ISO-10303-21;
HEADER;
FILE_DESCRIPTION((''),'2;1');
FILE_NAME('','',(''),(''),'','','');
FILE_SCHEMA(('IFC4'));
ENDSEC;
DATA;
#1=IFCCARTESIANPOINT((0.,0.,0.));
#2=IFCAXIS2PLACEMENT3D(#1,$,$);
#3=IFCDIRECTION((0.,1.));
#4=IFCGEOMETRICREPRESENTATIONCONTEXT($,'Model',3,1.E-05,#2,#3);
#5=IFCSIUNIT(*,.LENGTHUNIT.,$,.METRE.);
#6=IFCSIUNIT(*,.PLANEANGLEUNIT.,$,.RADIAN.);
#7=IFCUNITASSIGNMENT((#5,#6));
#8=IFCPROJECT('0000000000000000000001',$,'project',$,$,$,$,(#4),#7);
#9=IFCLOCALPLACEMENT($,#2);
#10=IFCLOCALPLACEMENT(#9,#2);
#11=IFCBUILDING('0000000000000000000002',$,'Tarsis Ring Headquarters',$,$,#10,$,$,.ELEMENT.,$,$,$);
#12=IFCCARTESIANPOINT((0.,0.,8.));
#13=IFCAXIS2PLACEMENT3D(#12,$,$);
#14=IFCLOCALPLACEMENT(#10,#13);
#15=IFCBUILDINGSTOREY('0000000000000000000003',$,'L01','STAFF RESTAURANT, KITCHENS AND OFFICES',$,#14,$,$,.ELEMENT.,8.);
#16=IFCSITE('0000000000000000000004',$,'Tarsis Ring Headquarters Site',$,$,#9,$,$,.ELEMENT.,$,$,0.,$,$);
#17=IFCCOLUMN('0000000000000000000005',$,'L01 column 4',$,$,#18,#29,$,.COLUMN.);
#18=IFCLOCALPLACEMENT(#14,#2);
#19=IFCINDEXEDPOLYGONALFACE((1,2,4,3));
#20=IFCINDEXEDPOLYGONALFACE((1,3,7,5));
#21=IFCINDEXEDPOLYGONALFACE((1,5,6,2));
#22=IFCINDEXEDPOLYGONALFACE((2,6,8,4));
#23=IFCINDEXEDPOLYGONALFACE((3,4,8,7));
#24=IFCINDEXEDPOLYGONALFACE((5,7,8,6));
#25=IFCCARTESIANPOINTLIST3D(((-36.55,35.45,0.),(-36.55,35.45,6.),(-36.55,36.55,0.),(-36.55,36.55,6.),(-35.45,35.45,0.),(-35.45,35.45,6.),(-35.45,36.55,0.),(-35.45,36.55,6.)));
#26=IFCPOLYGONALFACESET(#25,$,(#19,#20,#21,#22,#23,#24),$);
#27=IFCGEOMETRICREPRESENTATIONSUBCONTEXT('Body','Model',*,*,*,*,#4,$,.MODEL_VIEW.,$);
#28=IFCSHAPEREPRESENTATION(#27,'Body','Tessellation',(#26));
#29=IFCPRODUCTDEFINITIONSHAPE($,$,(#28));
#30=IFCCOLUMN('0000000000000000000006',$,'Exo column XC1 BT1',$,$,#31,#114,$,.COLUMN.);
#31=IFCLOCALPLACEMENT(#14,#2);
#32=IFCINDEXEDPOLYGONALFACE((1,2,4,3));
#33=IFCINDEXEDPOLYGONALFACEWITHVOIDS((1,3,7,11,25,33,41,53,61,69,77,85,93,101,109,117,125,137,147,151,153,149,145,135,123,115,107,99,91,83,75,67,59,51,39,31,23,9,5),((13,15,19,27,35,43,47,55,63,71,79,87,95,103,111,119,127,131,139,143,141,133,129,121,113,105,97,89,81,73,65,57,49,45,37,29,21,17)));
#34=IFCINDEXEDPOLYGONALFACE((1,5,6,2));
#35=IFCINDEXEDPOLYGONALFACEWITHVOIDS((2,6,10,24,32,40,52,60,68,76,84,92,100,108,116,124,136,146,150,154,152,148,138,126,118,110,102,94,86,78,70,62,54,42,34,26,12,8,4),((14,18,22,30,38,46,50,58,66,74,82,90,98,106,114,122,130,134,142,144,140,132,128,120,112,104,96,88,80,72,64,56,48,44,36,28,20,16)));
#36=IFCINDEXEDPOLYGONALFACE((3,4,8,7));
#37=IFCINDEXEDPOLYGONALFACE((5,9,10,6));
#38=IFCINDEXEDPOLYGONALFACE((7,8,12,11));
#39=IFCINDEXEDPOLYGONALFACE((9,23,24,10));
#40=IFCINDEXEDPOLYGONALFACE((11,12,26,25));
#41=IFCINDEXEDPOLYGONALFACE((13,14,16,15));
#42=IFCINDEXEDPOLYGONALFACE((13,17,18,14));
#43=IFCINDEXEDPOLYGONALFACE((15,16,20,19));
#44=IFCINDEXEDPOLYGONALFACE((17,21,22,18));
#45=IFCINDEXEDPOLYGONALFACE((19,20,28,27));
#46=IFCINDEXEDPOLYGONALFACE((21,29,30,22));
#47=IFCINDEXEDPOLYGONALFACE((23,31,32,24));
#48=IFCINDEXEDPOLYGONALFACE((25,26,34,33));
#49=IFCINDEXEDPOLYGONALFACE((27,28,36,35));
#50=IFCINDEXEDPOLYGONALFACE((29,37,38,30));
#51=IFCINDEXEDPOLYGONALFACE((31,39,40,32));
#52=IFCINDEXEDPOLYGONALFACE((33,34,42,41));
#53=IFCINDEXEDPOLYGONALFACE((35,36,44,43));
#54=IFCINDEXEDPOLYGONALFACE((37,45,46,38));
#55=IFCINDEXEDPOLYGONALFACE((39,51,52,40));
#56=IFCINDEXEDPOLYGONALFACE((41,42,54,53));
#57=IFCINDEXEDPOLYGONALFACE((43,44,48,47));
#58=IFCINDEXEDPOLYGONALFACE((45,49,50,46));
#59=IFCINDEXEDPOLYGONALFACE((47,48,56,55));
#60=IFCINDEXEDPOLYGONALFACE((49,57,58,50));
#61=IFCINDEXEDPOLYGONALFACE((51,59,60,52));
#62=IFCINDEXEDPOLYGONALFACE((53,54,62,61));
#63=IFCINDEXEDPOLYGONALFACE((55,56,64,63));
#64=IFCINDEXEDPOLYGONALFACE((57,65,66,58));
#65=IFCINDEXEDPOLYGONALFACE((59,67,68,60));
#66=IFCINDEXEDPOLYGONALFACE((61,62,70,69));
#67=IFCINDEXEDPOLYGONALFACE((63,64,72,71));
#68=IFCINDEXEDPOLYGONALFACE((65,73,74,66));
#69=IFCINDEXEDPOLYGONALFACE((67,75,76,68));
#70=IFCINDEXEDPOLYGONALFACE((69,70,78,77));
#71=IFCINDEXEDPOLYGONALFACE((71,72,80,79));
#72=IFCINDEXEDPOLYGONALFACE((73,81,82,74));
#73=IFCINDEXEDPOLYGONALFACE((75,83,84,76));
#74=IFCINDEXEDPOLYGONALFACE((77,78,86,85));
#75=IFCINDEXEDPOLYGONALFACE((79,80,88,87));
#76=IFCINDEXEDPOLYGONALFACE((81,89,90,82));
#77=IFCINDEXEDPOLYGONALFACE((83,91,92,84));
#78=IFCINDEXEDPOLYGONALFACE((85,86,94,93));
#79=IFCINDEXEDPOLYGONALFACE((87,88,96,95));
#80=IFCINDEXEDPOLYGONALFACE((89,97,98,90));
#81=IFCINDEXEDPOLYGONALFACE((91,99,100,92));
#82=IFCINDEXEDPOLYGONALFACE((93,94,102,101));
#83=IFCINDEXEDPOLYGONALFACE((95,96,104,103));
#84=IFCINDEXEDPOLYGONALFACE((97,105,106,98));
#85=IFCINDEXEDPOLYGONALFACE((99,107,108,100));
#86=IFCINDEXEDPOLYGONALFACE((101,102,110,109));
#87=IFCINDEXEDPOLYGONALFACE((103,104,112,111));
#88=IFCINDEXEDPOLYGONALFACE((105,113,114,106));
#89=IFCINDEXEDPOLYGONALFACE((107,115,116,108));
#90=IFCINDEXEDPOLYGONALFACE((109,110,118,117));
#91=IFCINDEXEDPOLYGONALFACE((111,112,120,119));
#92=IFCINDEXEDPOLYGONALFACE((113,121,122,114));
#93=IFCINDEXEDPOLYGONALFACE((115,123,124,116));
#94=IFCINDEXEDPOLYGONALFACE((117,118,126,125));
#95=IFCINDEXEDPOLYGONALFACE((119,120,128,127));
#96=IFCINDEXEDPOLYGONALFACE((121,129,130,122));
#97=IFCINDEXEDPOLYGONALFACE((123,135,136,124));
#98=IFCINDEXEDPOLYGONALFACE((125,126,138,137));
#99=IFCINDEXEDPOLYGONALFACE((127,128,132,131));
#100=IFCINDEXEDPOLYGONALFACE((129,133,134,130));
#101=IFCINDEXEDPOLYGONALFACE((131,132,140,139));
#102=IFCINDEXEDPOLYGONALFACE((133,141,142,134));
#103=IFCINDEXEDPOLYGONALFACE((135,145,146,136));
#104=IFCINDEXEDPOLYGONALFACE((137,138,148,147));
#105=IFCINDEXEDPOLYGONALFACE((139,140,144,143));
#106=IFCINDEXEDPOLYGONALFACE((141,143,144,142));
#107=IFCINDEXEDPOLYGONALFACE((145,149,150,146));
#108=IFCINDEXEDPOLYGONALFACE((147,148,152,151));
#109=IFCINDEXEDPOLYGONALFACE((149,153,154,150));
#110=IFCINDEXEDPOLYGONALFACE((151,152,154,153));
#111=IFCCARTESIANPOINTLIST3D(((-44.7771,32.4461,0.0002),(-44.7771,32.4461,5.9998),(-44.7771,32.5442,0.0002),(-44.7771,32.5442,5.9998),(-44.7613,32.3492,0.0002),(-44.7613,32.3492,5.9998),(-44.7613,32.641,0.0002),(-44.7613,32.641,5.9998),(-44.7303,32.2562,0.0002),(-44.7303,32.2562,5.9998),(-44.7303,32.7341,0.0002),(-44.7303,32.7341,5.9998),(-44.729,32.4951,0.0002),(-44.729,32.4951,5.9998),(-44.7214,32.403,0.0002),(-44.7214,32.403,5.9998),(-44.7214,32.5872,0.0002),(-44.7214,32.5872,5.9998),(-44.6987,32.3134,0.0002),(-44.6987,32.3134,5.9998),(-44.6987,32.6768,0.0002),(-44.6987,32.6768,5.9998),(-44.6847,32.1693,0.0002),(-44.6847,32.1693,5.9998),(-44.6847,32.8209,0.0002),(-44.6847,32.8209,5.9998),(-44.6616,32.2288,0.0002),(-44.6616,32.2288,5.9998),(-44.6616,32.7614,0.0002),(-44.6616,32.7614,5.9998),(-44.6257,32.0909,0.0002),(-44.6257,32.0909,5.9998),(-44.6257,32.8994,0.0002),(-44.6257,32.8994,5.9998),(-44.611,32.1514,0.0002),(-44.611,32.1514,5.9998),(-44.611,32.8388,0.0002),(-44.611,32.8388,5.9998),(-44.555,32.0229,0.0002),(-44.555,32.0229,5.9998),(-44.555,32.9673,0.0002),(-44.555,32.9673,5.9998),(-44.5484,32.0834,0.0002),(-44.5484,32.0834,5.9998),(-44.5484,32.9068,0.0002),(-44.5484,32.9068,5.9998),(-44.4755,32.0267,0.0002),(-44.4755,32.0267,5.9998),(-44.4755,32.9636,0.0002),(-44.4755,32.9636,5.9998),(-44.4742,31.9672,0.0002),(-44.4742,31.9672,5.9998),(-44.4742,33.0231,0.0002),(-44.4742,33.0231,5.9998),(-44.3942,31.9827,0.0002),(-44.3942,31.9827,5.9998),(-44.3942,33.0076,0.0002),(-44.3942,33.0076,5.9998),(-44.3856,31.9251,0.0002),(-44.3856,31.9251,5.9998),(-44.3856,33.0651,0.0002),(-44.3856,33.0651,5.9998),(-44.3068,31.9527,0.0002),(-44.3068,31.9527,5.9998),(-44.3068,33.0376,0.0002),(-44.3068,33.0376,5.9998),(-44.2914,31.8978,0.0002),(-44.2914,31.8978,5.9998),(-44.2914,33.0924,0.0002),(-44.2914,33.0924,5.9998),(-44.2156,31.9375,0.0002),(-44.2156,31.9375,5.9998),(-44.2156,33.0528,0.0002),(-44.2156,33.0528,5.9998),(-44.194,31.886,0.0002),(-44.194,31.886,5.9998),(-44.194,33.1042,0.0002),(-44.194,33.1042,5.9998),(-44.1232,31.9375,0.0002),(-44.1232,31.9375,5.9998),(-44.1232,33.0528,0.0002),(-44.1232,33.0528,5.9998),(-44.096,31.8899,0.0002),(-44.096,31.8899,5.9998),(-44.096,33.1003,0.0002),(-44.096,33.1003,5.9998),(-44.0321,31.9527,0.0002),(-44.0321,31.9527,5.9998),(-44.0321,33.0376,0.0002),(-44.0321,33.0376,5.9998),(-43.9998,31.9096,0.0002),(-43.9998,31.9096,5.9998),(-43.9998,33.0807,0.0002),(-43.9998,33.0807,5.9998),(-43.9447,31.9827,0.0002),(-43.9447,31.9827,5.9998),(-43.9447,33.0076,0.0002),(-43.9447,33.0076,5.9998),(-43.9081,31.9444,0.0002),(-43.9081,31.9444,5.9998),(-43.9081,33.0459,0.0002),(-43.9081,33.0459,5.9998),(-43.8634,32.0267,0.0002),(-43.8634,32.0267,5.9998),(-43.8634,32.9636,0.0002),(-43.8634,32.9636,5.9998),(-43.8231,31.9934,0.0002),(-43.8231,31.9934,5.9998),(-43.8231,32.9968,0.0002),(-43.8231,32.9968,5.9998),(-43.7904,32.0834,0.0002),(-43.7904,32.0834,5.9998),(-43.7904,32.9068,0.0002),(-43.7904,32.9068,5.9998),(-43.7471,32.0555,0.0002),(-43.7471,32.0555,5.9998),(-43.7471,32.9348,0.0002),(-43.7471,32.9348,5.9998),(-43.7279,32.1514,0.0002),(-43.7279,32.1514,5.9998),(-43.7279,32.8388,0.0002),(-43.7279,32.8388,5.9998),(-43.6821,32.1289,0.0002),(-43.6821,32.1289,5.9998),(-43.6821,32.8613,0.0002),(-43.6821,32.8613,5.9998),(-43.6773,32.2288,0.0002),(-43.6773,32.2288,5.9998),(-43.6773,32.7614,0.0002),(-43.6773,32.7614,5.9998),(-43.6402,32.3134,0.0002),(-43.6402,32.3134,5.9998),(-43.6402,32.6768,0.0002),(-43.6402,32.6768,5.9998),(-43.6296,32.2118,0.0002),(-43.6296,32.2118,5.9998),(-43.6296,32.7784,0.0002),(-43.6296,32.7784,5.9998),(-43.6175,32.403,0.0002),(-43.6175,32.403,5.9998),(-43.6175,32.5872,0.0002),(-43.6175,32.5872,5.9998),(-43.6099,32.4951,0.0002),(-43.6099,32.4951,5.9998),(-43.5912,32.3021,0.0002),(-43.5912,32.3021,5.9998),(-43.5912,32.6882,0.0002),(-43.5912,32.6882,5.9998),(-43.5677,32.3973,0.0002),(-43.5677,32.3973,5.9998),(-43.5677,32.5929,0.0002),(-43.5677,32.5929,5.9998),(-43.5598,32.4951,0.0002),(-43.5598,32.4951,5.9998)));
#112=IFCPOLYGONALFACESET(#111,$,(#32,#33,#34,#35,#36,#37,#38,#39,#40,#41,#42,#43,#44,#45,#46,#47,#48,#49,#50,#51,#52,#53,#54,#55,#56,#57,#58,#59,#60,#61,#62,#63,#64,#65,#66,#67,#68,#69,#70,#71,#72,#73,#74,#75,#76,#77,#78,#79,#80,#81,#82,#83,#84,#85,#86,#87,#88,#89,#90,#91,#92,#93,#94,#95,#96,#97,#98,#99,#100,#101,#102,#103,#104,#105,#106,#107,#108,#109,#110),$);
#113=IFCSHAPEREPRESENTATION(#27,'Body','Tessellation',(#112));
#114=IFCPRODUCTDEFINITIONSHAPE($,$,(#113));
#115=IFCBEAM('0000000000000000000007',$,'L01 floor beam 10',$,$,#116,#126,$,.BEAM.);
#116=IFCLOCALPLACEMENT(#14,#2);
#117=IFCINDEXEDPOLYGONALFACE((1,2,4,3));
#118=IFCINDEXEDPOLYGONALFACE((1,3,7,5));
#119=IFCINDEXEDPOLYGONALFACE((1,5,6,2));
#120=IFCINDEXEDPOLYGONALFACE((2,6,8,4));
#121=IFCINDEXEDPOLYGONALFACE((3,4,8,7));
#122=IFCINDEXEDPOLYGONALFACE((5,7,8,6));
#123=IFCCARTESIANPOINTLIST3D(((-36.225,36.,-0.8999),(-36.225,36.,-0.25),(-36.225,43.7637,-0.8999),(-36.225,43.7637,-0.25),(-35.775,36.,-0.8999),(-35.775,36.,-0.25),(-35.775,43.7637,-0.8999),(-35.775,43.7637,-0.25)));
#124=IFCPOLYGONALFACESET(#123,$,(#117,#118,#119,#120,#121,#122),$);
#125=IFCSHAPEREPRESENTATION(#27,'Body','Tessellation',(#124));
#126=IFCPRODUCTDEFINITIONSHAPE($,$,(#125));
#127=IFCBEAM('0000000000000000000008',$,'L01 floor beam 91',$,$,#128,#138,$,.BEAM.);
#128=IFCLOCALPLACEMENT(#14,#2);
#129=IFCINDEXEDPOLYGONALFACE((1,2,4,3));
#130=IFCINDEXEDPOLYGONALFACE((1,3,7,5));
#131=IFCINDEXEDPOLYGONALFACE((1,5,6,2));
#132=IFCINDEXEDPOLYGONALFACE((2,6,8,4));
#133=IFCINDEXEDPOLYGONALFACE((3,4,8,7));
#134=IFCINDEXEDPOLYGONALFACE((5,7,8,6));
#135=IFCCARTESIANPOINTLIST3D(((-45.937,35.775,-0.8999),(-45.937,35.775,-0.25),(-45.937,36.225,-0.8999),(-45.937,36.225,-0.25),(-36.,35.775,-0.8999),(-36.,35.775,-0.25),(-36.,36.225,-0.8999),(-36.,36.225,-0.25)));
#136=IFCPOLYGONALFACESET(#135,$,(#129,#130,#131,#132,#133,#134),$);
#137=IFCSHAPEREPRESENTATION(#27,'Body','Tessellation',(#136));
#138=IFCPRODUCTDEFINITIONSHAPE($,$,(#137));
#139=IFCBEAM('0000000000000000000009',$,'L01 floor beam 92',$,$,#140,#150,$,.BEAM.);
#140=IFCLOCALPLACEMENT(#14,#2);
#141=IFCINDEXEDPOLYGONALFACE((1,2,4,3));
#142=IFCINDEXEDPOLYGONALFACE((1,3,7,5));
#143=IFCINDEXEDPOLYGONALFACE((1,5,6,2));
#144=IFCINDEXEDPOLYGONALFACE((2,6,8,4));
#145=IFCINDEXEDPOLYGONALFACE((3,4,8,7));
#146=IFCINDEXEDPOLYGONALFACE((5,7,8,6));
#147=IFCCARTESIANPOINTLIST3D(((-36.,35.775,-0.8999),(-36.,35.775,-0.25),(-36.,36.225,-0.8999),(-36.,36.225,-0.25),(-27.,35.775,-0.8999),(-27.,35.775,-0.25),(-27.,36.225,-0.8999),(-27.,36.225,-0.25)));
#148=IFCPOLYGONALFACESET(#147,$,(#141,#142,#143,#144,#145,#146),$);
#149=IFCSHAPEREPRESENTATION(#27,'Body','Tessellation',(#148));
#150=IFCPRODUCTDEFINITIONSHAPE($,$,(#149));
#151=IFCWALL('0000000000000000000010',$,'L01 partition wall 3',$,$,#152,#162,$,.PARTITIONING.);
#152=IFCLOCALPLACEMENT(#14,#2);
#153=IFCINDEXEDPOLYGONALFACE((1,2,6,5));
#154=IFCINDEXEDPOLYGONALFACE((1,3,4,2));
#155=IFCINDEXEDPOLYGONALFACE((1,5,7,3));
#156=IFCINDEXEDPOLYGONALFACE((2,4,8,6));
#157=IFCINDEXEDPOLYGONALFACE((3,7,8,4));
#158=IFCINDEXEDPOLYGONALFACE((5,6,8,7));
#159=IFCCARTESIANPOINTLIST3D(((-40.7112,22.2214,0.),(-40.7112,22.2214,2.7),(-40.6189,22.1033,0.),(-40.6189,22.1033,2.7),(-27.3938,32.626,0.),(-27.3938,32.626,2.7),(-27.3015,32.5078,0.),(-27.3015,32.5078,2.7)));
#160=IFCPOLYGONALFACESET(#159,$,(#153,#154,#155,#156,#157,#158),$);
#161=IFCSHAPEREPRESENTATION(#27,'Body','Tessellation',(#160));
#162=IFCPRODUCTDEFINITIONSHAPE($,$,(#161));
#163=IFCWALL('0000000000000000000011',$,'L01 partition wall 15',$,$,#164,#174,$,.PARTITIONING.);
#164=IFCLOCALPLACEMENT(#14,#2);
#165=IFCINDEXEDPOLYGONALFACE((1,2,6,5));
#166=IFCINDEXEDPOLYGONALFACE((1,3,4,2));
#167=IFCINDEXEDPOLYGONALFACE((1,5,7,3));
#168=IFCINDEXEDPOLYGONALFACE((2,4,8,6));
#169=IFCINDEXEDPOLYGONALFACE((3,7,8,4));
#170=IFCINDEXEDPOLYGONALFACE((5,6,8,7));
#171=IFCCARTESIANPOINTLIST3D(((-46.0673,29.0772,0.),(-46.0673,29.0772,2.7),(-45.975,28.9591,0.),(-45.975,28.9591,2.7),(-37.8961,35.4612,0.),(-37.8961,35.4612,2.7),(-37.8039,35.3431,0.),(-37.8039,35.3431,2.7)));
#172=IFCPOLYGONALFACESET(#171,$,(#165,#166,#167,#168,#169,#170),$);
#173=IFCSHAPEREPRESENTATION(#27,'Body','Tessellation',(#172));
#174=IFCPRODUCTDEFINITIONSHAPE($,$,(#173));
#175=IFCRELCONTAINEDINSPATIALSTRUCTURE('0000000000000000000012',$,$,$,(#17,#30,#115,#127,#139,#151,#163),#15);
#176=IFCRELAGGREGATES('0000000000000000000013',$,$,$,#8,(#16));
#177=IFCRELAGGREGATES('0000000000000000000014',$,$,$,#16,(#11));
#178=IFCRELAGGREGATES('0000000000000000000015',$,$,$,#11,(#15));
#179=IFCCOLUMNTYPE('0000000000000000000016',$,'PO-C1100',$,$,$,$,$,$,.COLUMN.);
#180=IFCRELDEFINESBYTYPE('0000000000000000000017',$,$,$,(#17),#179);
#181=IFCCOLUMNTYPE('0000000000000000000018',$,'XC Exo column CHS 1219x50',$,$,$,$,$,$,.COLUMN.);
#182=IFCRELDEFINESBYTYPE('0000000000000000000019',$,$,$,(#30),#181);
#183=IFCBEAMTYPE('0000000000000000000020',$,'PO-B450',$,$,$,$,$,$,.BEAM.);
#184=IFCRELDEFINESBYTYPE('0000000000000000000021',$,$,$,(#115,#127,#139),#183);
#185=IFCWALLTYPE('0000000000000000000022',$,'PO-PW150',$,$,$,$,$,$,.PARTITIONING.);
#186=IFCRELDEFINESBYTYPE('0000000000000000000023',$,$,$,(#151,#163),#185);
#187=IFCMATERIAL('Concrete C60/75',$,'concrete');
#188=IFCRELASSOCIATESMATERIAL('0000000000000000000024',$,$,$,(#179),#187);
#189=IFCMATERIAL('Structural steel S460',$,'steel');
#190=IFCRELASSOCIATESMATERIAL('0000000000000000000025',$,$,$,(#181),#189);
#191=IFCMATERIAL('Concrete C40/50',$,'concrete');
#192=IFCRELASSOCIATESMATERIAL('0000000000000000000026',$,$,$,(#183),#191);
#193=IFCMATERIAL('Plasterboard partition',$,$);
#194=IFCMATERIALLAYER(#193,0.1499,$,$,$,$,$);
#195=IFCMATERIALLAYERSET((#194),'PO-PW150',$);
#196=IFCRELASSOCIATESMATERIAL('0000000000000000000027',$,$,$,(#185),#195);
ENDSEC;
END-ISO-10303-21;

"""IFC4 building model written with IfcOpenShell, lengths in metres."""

from ifc_helpers import new_model, si_unit, direction, frame, frame_2d, origin, origin_2d, place, context, subcontext, project, spatial, rectangle, hollow_circle, extrude, material, layer, layer_set, material_profile, profile_set, type_object, element, save


model = new_model("IFC4")

# Units and contexts
model_context = context("Model", 3, precision=1e-05, world=origin(), true_north=direction((0.0, 1.0)))
body_context = subcontext(model_context, "Body", "Model", "MODEL_VIEW")
ifc_project = project(units=[si_unit("LENGTHUNIT", "METRE"), si_unit("PLANEANGLEUNIT", "RADIAN")], contexts=[model_context])

# Site, building, storey
site_placement = place(None, origin())
site = spatial("IfcSite", under=ifc_project, at=site_placement, Name="Tarsis Ring Headquarters Site", CompositionType="ELEMENT", RefElevation=0.0)
building_placement = place(site_placement, origin())
building = spatial("IfcBuilding", under=site, at=building_placement, Name="Tarsis Ring Headquarters", CompositionType="ELEMENT")
storey_placement = place(building_placement, frame((0.0, 0.0, 8.0)))
storey = spatial("IfcBuildingStorey", under=building, at=storey_placement, Name="L01", Description="STAFF RESTAURANT, KITCHENS AND OFFICES", CompositionType="ELEMENT", Elevation=8.0)

# Columns
ifc_material_1 = material(Name="Concrete C60/75", Category="concrete")
ifc_material_profile_1 = material_profile(ifc_material_1, rectangle(XDim=1.1001, YDim=1.1001, at=origin_2d()), Name="PO-C1100")
ifc_profile_set_1 = profile_set([ifc_material_profile_1], Name="Concrete C60/75")
column_type_1 = type_object("IfcColumnType", Name="PO-C1100", PredefinedType="COLUMN", material=ifc_profile_set_1)
column_1_placement = place(storey_placement, frame((-36.0, 36.0, 0.0), z_axis=(0.0, 0.0, 1.0), x_axis=(1.0, 0.0, 0.0)))
element("IfcColumn", 1, at=column_1_placement, inside=storey, type_object=column_type_1, Name="L01 column 4", PredefinedType="COLUMN", context=body_context, shape_type="SweptSolid", body=[
    extrude(rectangle(XDim=1.1001, YDim=1.1001, at=origin_2d()), origin(), (0.0, 0.0, 1.0), 6.0),
])
ifc_material_2 = material(Name="Structural steel S460", Category="steel")
ifc_material_profile_2 = material_profile(ifc_material_2, hollow_circle(Radius=0.6096, WallThickness=0.05, at=origin_2d()), Name="CHS 1219x50")
ifc_profile_set_2 = profile_set([ifc_material_profile_2], Name="Structural steel S460")
column_type_2 = type_object("IfcColumnType", Name="XC Exo column CHS 1219x50", PredefinedType="COLUMN", material=ifc_profile_set_2)
column_2_placement = place(storey_placement, frame((-44.1694, 32.4951, 0.0002), z_axis=(0.0, 0.0, 1.0), x_axis=(1.0, 0.0, 0.0)))
element("IfcColumn", 2, at=column_2_placement, inside=storey, type_object=column_type_2, Name="Exo column XC1 BT1", PredefinedType="COLUMN", context=body_context, shape_type="SweptSolid", body=[
    extrude(hollow_circle(Radius=0.6096, WallThickness=0.05, at=origin_2d()), origin(), (0.0, 0.0, 1.0), 5.9995),
])

# Beams
ifc_material_3 = material(Name="Concrete C40/50", Category="concrete")
ifc_material_profile_3 = material_profile(ifc_material_3, rectangle(XDim=0.45, YDim=0.6499, at=origin_2d()), Name="PO-B450")
ifc_profile_set_3 = profile_set([ifc_material_profile_3], Name="Concrete C40/50")
beam_type = type_object("IfcBeamType", Name="PO-B450", PredefinedType="BEAM", material=ifc_profile_set_3)
beam_1_placement = place(storey_placement, frame((-36.0, 36.0, -0.575), z_axis=(0.0, 1.0, 0.0), x_axis=(-1.0, 0.0, 0.0)))
element("IfcBeam", 3, at=beam_1_placement, inside=storey, type_object=beam_type, Name="L01 floor beam 10", PredefinedType="BEAM", context=body_context, shape_type="SweptSolid", body=[
    extrude(rectangle(XDim=0.45, YDim=0.6499, at=origin_2d()), origin(), (0.0, 0.0, 1.0), 7.7637),
])
beam_2_placement = place(storey_placement, frame((-45.937, 36.0, -0.575), z_axis=(1.0, 0.0, 0.0), x_axis=(0.0, 1.0, 0.0)))
element("IfcBeam", 4, at=beam_2_placement, inside=storey, type_object=beam_type, Name="L01 floor beam 91", PredefinedType="BEAM", context=body_context, shape_type="SweptSolid", body=[
    extrude(rectangle(XDim=0.45, YDim=0.6499, at=origin_2d()), origin(), (0.0, 0.0, 1.0), 9.937),
])
beam_3_placement = place(storey_placement, frame((-36.0, 36.0, -0.575), z_axis=(1.0, 0.0, 0.0), x_axis=(0.0, 1.0, 0.0)))
element("IfcBeam", 5, at=beam_3_placement, inside=storey, type_object=beam_type, Name="L01 floor beam 92", PredefinedType="BEAM", context=body_context, shape_type="SweptSolid", body=[
    extrude(rectangle(XDim=0.45, YDim=0.6499, at=origin_2d()), origin(), (0.0, 0.0, 1.0), 9.0),
])

# Walls
ifc_material_4 = material(Name="Plasterboard partition")
ifc_layer_1 = layer(ifc_material_4, 0.1499)
ifc_layer_set_1 = layer_set([ifc_layer_1], Name="PO-PW150")
wall_type_1 = type_object("IfcWallType", Name="PO-PW150", PredefinedType="PARTITIONING", material=ifc_layer_set_1)
wall_1_placement = place(storey_placement, frame((-27.3477, 32.5669, 0.0), z_axis=(0.0, 0.0, 1.0), x_axis=(-0.788015, -0.615656, 0.0)))
element("IfcWall", 6, at=wall_1_placement, inside=storey, type_object=wall_type_1, Name="L01 partition wall 3", PredefinedType="PARTITIONING", context=body_context, shape_type="SweptSolid", body=[
    extrude(rectangle(XDim=16.8999, YDim=0.1499, at=frame_2d((8.45, 0.0))), origin(), (0.0, 0.0, 1.0), 2.7),
])
wall_2_placement = place(storey_placement, frame((-37.8501, 35.4021, 0.0), z_axis=(0.0, 0.0, 1.0), x_axis=(-0.788009, -0.615664, 0.0)))
element("IfcWall", 7, at=wall_2_placement, inside=storey, type_object=wall_type_1, Name="L01 partition wall 15", PredefinedType="PARTITIONING", context=body_context, shape_type="SweptSolid", body=[
    extrude(rectangle(XDim=10.3694, YDim=0.1499, at=frame_2d((5.1846, 0.0))), origin(), (0.0, 0.0, 1.0), 2.7),
])

save(model, "model.ifc")
